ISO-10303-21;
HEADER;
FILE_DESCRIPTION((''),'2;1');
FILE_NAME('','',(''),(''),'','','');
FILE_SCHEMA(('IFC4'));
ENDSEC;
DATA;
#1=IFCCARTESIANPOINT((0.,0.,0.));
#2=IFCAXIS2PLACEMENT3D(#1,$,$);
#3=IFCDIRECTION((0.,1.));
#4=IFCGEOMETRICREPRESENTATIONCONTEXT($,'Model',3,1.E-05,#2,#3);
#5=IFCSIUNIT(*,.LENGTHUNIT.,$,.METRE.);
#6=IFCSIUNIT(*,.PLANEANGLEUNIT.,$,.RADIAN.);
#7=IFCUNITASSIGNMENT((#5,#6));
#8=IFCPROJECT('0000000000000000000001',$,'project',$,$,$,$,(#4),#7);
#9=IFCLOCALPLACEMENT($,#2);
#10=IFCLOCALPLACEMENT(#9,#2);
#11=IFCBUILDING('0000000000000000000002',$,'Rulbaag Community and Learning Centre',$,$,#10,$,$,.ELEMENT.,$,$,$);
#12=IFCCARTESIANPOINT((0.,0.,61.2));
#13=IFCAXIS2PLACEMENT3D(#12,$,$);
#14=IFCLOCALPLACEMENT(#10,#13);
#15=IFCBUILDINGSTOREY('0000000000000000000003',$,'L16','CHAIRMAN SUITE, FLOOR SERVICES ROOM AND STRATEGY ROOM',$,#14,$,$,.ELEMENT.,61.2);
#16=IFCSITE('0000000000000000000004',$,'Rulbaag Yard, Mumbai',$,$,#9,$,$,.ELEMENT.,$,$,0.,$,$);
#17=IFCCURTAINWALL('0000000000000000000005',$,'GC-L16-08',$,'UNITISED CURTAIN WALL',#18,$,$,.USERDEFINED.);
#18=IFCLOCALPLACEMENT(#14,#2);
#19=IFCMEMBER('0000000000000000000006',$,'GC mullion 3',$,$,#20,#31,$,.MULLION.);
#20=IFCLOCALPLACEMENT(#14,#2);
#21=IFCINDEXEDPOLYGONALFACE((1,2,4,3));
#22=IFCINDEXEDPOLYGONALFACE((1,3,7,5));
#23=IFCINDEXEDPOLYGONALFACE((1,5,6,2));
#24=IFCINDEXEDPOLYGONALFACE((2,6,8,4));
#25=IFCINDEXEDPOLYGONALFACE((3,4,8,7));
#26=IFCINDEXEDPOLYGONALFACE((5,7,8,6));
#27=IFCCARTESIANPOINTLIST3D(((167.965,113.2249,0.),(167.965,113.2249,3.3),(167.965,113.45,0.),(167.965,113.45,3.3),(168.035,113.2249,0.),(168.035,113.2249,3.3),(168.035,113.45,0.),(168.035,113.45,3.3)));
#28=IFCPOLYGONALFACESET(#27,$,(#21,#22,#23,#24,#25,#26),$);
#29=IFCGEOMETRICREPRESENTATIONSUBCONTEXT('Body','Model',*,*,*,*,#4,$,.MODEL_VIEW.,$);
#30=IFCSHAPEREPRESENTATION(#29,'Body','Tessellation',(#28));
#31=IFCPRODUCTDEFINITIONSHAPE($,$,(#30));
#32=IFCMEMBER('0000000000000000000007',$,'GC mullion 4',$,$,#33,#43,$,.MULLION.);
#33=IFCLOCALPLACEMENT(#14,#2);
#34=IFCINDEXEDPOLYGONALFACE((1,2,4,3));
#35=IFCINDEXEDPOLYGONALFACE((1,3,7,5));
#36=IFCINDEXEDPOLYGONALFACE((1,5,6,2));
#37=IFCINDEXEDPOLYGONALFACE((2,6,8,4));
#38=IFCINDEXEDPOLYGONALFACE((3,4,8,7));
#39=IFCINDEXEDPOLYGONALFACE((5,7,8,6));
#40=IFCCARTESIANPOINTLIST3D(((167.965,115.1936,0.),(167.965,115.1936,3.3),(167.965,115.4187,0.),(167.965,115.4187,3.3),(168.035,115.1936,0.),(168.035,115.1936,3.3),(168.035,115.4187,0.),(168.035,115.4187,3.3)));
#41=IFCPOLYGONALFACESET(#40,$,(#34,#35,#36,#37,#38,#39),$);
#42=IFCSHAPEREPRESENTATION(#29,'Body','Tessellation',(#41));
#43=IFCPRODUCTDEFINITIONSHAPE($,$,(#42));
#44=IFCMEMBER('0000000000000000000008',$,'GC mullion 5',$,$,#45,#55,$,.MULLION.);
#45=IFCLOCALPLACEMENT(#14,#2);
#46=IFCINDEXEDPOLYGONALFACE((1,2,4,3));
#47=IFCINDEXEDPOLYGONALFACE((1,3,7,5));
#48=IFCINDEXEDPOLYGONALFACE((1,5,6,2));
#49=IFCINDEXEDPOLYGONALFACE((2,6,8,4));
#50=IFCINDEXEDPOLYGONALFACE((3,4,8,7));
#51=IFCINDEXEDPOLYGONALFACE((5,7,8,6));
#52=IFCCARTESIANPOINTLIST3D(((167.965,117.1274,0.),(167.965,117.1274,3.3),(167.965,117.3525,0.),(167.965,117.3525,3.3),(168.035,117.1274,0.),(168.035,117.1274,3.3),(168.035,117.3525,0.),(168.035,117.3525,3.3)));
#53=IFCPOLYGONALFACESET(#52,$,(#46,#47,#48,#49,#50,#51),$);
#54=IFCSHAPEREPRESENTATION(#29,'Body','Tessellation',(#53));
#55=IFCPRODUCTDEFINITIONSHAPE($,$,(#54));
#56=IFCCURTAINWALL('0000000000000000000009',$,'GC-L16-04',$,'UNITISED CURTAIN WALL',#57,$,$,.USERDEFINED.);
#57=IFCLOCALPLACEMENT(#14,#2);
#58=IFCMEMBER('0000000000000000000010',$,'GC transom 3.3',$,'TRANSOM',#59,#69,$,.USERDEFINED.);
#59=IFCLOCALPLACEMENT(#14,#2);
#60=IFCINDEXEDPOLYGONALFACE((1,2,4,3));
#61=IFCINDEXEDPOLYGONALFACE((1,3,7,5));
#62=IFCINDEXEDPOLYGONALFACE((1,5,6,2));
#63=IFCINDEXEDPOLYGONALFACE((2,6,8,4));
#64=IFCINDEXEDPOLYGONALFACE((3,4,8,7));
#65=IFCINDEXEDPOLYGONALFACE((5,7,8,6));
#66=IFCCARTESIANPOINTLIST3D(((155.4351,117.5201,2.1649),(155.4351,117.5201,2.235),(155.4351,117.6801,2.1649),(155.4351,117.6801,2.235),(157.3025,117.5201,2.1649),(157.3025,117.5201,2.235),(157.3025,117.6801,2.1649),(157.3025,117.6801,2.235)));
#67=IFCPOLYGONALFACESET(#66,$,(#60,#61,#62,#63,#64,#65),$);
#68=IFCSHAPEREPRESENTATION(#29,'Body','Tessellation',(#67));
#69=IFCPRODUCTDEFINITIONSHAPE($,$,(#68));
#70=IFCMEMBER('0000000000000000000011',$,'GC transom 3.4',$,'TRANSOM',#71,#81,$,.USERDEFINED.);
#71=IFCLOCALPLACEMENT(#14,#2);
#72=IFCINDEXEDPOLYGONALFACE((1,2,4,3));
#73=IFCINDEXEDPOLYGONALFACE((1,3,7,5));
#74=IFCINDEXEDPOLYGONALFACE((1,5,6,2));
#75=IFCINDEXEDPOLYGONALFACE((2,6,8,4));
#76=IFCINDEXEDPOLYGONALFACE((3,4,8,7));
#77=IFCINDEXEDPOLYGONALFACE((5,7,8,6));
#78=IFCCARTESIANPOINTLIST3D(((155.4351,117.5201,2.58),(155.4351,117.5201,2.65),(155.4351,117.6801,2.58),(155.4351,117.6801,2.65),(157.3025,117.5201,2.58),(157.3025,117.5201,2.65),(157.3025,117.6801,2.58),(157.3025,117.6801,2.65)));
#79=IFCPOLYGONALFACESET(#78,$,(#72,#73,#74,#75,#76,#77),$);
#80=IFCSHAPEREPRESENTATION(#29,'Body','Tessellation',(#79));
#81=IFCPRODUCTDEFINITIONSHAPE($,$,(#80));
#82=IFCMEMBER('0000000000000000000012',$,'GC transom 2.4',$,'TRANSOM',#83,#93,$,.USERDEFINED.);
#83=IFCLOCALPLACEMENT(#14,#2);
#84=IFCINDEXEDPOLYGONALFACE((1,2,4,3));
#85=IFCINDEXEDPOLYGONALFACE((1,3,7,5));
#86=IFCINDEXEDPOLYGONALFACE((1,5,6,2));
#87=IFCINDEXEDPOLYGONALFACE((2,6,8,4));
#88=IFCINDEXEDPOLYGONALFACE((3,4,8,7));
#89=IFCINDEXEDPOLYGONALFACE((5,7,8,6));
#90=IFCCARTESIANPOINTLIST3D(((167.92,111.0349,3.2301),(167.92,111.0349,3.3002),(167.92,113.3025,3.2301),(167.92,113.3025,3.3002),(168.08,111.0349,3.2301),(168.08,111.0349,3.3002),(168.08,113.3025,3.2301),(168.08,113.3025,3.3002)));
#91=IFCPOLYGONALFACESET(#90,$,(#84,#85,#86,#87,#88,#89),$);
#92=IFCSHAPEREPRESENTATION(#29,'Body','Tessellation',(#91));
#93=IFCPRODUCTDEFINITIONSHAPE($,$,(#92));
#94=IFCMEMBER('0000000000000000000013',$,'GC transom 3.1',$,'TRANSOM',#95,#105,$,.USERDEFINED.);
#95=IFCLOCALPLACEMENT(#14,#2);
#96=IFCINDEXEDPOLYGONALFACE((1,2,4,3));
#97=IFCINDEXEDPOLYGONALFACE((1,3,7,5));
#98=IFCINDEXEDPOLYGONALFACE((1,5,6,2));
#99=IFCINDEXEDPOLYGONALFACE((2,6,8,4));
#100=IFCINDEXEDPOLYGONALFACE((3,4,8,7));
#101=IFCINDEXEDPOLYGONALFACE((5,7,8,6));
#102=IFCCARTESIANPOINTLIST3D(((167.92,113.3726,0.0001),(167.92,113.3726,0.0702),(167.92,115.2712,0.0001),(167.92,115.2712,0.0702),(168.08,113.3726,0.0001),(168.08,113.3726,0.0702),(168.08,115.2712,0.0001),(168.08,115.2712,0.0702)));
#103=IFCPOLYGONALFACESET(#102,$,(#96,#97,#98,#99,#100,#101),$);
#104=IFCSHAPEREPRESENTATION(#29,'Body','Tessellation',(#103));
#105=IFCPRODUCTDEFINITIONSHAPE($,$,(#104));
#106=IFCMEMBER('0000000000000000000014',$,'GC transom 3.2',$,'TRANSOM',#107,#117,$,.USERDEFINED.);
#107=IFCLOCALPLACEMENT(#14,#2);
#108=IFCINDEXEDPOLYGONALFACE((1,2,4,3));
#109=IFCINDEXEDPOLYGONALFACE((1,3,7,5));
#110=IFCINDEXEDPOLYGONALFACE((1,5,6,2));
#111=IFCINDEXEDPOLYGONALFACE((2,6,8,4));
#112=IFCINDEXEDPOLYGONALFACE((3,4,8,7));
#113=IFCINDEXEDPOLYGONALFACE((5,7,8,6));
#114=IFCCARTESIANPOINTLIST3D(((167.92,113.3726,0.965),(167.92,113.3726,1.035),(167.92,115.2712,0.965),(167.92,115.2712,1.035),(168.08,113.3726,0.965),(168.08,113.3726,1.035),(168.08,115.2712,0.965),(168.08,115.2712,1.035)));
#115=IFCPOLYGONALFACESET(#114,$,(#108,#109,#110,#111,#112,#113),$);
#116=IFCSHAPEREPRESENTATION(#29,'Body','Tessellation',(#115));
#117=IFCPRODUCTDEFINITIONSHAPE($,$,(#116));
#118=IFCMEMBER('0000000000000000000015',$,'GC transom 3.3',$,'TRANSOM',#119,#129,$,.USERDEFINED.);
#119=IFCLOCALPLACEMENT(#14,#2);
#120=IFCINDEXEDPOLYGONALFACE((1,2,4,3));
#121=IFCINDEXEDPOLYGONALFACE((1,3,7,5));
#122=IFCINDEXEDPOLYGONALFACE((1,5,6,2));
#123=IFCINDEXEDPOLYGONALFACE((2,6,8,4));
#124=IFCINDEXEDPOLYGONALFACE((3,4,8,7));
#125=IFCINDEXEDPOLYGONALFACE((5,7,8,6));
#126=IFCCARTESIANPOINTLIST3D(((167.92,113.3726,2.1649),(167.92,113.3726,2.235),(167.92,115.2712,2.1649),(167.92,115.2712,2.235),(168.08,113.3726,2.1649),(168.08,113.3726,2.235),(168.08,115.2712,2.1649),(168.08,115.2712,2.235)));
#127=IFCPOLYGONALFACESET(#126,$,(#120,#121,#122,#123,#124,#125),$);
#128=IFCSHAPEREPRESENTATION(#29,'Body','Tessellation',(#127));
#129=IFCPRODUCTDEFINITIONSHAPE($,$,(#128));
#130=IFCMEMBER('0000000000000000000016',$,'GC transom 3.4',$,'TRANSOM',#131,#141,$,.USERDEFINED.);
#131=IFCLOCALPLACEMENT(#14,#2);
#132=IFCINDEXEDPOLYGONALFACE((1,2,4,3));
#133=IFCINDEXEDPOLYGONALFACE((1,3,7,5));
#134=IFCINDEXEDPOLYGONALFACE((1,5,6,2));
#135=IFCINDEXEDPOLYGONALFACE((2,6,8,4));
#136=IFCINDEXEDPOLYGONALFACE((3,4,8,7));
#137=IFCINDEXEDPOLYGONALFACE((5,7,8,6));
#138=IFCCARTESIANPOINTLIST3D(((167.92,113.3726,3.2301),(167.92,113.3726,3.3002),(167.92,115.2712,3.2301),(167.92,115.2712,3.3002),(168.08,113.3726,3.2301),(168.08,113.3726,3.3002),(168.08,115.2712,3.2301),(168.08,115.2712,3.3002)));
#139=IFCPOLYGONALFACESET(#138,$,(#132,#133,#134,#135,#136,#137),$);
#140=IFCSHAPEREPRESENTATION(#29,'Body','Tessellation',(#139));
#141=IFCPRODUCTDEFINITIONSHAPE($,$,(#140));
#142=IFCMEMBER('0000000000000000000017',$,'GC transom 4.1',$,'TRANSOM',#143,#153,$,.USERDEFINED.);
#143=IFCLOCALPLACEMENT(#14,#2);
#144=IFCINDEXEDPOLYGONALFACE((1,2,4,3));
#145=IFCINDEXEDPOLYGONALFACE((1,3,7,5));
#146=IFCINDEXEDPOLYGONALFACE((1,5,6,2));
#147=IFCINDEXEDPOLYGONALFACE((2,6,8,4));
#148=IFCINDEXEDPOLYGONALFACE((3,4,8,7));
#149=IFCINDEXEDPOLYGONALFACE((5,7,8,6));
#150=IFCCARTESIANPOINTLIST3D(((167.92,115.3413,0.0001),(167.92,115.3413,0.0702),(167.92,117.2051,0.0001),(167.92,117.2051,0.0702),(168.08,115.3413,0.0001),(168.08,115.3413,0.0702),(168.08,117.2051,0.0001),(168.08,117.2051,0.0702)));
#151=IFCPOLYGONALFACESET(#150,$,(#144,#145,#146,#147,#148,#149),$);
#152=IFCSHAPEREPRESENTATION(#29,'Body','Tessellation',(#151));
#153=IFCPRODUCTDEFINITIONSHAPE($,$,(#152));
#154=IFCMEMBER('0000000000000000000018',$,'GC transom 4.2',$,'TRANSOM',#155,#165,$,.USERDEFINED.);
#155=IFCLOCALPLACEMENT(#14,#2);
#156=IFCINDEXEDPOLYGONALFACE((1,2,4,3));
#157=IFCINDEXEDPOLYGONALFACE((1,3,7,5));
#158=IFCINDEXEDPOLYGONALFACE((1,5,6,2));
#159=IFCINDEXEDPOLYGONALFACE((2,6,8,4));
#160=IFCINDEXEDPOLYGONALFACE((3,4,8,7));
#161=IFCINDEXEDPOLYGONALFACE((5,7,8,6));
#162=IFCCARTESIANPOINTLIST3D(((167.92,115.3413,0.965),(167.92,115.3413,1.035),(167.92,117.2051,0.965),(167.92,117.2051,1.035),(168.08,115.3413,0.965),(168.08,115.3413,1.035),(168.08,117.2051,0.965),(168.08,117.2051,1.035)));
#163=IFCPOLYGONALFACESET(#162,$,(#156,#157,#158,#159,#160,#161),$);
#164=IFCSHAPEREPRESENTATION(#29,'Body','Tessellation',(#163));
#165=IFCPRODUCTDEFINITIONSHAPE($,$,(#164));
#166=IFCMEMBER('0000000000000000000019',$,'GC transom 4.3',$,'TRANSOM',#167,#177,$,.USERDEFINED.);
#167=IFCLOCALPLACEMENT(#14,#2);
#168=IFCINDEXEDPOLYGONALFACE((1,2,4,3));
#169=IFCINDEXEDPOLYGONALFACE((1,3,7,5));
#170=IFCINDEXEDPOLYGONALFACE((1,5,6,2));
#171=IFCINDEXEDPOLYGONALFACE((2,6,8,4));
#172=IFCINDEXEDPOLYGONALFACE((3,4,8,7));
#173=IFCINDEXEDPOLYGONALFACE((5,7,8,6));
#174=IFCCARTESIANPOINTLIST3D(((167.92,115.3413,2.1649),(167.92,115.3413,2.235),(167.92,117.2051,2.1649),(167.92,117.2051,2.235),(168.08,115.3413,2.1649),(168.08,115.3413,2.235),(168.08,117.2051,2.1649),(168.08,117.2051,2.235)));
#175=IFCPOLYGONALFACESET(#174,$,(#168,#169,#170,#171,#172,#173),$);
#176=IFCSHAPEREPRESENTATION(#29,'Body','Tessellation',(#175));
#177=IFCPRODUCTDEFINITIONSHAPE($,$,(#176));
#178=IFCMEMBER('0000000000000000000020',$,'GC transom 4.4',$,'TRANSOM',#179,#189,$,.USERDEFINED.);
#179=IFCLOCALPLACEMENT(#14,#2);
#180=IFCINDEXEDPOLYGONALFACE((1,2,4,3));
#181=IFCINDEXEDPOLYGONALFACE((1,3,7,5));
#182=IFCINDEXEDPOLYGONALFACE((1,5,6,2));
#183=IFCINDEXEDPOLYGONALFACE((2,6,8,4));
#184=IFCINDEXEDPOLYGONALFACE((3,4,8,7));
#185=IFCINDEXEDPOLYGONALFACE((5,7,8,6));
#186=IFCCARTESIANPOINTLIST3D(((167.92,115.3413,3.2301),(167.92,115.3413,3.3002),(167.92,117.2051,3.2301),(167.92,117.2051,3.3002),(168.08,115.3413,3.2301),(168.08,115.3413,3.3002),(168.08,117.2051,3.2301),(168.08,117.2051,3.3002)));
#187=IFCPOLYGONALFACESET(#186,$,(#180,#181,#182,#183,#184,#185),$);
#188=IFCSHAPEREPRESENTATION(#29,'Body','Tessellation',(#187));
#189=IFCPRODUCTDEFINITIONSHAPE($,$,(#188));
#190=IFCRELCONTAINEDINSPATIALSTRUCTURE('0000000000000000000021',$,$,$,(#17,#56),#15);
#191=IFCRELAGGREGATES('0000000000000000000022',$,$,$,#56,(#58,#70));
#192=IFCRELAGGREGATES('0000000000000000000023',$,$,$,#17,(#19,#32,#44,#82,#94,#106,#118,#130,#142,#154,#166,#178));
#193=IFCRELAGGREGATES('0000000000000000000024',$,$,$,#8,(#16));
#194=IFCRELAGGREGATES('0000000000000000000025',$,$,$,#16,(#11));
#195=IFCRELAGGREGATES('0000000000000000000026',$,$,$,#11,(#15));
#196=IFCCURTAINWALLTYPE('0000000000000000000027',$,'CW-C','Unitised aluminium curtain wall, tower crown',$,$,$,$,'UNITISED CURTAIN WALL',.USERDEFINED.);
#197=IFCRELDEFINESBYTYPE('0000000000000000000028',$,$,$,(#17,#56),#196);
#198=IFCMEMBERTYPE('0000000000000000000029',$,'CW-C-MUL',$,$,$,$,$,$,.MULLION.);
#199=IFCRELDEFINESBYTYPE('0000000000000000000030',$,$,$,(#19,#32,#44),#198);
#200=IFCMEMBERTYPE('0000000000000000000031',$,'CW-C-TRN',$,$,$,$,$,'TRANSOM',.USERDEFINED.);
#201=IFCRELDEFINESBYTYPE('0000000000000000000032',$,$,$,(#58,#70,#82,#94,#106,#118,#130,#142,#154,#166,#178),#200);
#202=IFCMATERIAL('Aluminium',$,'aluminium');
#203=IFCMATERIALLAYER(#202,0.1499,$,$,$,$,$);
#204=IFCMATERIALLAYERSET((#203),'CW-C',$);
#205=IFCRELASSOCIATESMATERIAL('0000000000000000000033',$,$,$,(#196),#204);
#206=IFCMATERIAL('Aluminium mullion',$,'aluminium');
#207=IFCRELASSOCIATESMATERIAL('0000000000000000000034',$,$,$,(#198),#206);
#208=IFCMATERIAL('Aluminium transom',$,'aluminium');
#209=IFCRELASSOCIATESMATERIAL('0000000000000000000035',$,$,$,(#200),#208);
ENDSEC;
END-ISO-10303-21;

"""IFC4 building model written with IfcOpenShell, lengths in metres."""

from ifc_helpers import new_model, si_unit, direction, frame, origin, origin_2d, place, context, subcontext, project, spatial, rectangle, extrude, material, layer, layer_set, material_profile, profile_set, type_object, element, aggregate, save


model = new_model("IFC4")

# Units and contexts
model_context = context("Model", 3, precision=1e-05, world=origin(), true_north=direction((0.0, 1.0)))
body_context = subcontext(model_context, "Body", "Model", "MODEL_VIEW")
ifc_project = project(units=[si_unit("LENGTHUNIT", "METRE"), si_unit("PLANEANGLEUNIT", "RADIAN")], contexts=[model_context])

# Site, building, storey
site_placement = place(None, origin())
site = spatial("IfcSite", under=ifc_project, at=site_placement, Name="Rulbaag Yard, Mumbai", CompositionType="ELEMENT", RefElevation=0.0)
building_placement = place(site_placement, origin())
building = spatial("IfcBuilding", under=site, at=building_placement, Name="Rulbaag Community and Learning Centre", CompositionType="ELEMENT")
storey_placement = place(building_placement, frame((0.0, 0.0, 61.2)))
storey = spatial("IfcBuildingStorey", under=building, at=storey_placement, Name="L16", Description="CHAIRMAN SUITE, FLOOR SERVICES ROOM AND STRATEGY ROOM", CompositionType="ELEMENT", Elevation=61.2)

# Curtain walls, members
ifc_material_1 = material(Name="Aluminium", Category="aluminium")
ifc_layer_1 = layer(ifc_material_1, 0.1499)
ifc_layer_set_1 = layer_set([ifc_layer_1], Name="CW-C")
curtain_wall_type = type_object("IfcCurtainWallType", Name="CW-C", Description="Unitised aluminium curtain wall, tower crown", ElementType="UNITISED CURTAIN WALL", PredefinedType="USERDEFINED", material=ifc_layer_set_1)
curtain_wall_1_placement = place(storey_placement, origin())
curtain_wall_1 = element("IfcCurtainWall", 1, at=curtain_wall_1_placement, inside=storey, type_object=curtain_wall_type, Name="GC-L16-08", ObjectType="UNITISED CURTAIN WALL", PredefinedType="USERDEFINED")
ifc_material_2 = material(Name="Aluminium mullion", Category="aluminium")
ifc_material_profile_1 = material_profile(ifc_material_2, rectangle(XDim=0.0701, YDim=0.2251, at=origin_2d()), Name="AL 70x225")
ifc_profile_set_1 = profile_set([ifc_material_profile_1], Name="Aluminium mullion")
member_type_1 = type_object("IfcMemberType", Name="CW-C-MUL", PredefinedType="MULLION", material=ifc_profile_set_1)
member_1_placement = place(storey_placement, frame((168.0, 113.3374, 0.0), z_axis=(0.0, 0.0, 1.0), x_axis=(-1.0, 0.0, 0.0)))
member_1 = element("IfcMember", 2, at=member_1_placement, type_object=member_type_1, Name="GC mullion 3", PredefinedType="MULLION", context=body_context, shape_type="SweptSolid", body=[
    extrude(rectangle(XDim=0.0701, YDim=0.2251, at=origin_2d()), origin(), (0.0, 0.0, 1.0), 3.3),
])
member_2_placement = place(storey_placement, frame((168.0, 115.3062, 0.0), z_axis=(0.0, 0.0, 1.0), x_axis=(-1.0, 0.0, 0.0)))
member_2 = element("IfcMember", 3, at=member_2_placement, type_object=member_type_1, Name="GC mullion 4", PredefinedType="MULLION", context=body_context, shape_type="SweptSolid", body=[
    extrude(rectangle(XDim=0.0701, YDim=0.2251, at=origin_2d()), origin(), (0.0, 0.0, 1.0), 3.3),
])
member_3_placement = place(storey_placement, frame((168.0, 117.24, 0.0), z_axis=(0.0, 0.0, 1.0), x_axis=(-1.0, 0.0, 0.0)))
member_3 = element("IfcMember", 4, at=member_3_placement, type_object=member_type_1, Name="GC mullion 5", PredefinedType="MULLION", context=body_context, shape_type="SweptSolid", body=[
    extrude(rectangle(XDim=0.0701, YDim=0.2251, at=origin_2d()), origin(), (0.0, 0.0, 1.0), 3.3),
])
curtain_wall_2_placement = place(storey_placement, origin())
curtain_wall_2 = element("IfcCurtainWall", 5, at=curtain_wall_2_placement, inside=storey, type_object=curtain_wall_type, Name="GC-L16-04", ObjectType="UNITISED CURTAIN WALL", PredefinedType="USERDEFINED")
ifc_material_3 = material(Name="Aluminium transom", Category="aluminium")
ifc_material_profile_2 = material_profile(ifc_material_3, rectangle(XDim=0.1599, YDim=0.0701, at=origin_2d()), Name="AL 70x160 T")
ifc_profile_set_2 = profile_set([ifc_material_profile_2], Name="Aluminium transom")
member_type_2 = type_object("IfcMemberType", Name="CW-C-TRN", ElementType="TRANSOM", PredefinedType="USERDEFINED", material=ifc_profile_set_2)
member_4_placement = place(storey_placement, frame((155.4351, 117.6001, 2.2), z_axis=(1.0, 0.0, 0.0), x_axis=(0.0, 1.0, 0.0)))
member_4 = element("IfcMember", 6, at=member_4_placement, type_object=member_type_2, Name="GC transom 3.3", ObjectType="TRANSOM", PredefinedType="USERDEFINED", context=body_context, shape_type="SweptSolid", body=[
    extrude(rectangle(XDim=0.1599, YDim=0.0701, at=origin_2d()), origin(), (0.0, 0.0, 1.0), 1.8674),
])
member_5_placement = place(storey_placement, frame((155.4351, 117.6001, 2.615), z_axis=(1.0, 0.0, 0.0), x_axis=(0.0, 1.0, 0.0)))
member_5 = element("IfcMember", 7, at=member_5_placement, type_object=member_type_2, Name="GC transom 3.4", ObjectType="TRANSOM", PredefinedType="USERDEFINED", context=body_context, shape_type="SweptSolid", body=[
    extrude(rectangle(XDim=0.1599, YDim=0.0701, at=origin_2d()), origin(), (0.0, 0.0, 1.0), 1.8674),
])
aggregate(curtain_wall_2, [member_4, member_5])

# Members
member_6_placement = place(storey_placement, frame((168.0, 111.0349, 3.2651), z_axis=(0.0, 1.0, 0.0), x_axis=(-1.0, 0.0, 0.0)))
member_6 = element("IfcMember", 8, at=member_6_placement, type_object=member_type_2, Name="GC transom 2.4", ObjectType="TRANSOM", PredefinedType="USERDEFINED", context=body_context, shape_type="SweptSolid", body=[
    extrude(rectangle(XDim=0.1599, YDim=0.0701, at=origin_2d()), origin(), (0.0, 0.0, 1.0), 2.2676),
])
member_7_placement = place(storey_placement, frame((168.0, 113.3726, 0.0352), z_axis=(0.0, 1.0, 0.0), x_axis=(-1.0, 0.0, 0.0)))
member_7 = element("IfcMember", 9, at=member_7_placement, type_object=member_type_2, Name="GC transom 3.1", ObjectType="TRANSOM", PredefinedType="USERDEFINED", context=body_context, shape_type="SweptSolid", body=[
    extrude(rectangle(XDim=0.1599, YDim=0.0701, at=origin_2d()), origin(), (0.0, 0.0, 1.0), 1.8987),
])
member_8_placement = place(storey_placement, frame((168.0, 113.3726, 1.0), z_axis=(0.0, 1.0, 0.0), x_axis=(-1.0, 0.0, 0.0)))
member_8 = element("IfcMember", 10, at=member_8_placement, type_object=member_type_2, Name="GC transom 3.2", ObjectType="TRANSOM", PredefinedType="USERDEFINED", context=body_context, shape_type="SweptSolid", body=[
    extrude(rectangle(XDim=0.1599, YDim=0.0701, at=origin_2d()), origin(), (0.0, 0.0, 1.0), 1.8987),
])
member_9_placement = place(storey_placement, frame((168.0, 113.3726, 2.2), z_axis=(0.0, 1.0, 0.0), x_axis=(-1.0, 0.0, 0.0)))
member_9 = element("IfcMember", 11, at=member_9_placement, type_object=member_type_2, Name="GC transom 3.3", ObjectType="TRANSOM", PredefinedType="USERDEFINED", context=body_context, shape_type="SweptSolid", body=[
    extrude(rectangle(XDim=0.1599, YDim=0.0701, at=origin_2d()), origin(), (0.0, 0.0, 1.0), 1.8987),
])
member_10_placement = place(storey_placement, frame((168.0, 113.3726, 3.2651), z_axis=(0.0, 1.0, 0.0), x_axis=(-1.0, 0.0, 0.0)))
member_10 = element("IfcMember", 12, at=member_10_placement, type_object=member_type_2, Name="GC transom 3.4", ObjectType="TRANSOM", PredefinedType="USERDEFINED", context=body_context, shape_type="SweptSolid", body=[
    extrude(rectangle(XDim=0.1599, YDim=0.0701, at=origin_2d()), origin(), (0.0, 0.0, 1.0), 1.8987),
])
member_11_placement = place(storey_placement, frame((168.0, 115.3413, 0.0352), z_axis=(0.0, 1.0, 0.0), x_axis=(-1.0, 0.0, 0.0)))
member_11 = element("IfcMember", 13, at=member_11_placement, type_object=member_type_2, Name="GC transom 4.1", ObjectType="TRANSOM", PredefinedType="USERDEFINED", context=body_context, shape_type="SweptSolid", body=[
    extrude(rectangle(XDim=0.1599, YDim=0.0701, at=origin_2d()), origin(), (0.0, 0.0, 1.0), 1.8638),
])
member_12_placement = place(storey_placement, frame((168.0, 115.3413, 1.0), z_axis=(0.0, 1.0, 0.0), x_axis=(-1.0, 0.0, 0.0)))
member_12 = element("IfcMember", 14, at=member_12_placement, type_object=member_type_2, Name="GC transom 4.2", ObjectType="TRANSOM", PredefinedType="USERDEFINED", context=body_context, shape_type="SweptSolid", body=[
    extrude(rectangle(XDim=0.1599, YDim=0.0701, at=origin_2d()), origin(), (0.0, 0.0, 1.0), 1.8638),
])
member_13_placement = place(storey_placement, frame((168.0, 115.3413, 2.2), z_axis=(0.0, 1.0, 0.0), x_axis=(-1.0, 0.0, 0.0)))
member_13 = element("IfcMember", 15, at=member_13_placement, type_object=member_type_2, Name="GC transom 4.3", ObjectType="TRANSOM", PredefinedType="USERDEFINED", context=body_context, shape_type="SweptSolid", body=[
    extrude(rectangle(XDim=0.1599, YDim=0.0701, at=origin_2d()), origin(), (0.0, 0.0, 1.0), 1.8638),
])
member_14_placement = place(storey_placement, frame((168.0, 115.3413, 3.2651), z_axis=(0.0, 1.0, 0.0), x_axis=(-1.0, 0.0, 0.0)))
member_14 = element("IfcMember", 16, at=member_14_placement, type_object=member_type_2, Name="GC transom 4.4", ObjectType="TRANSOM", PredefinedType="USERDEFINED", context=body_context, shape_type="SweptSolid", body=[
    extrude(rectangle(XDim=0.1599, YDim=0.0701, at=origin_2d()), origin(), (0.0, 0.0, 1.0), 1.8638),
])

aggregate(curtain_wall_1, [member_1, member_2, member_3, member_6, member_7, member_8, member_9, member_10, member_11, member_12, member_13, member_14])

save(model, "model.ifc")
